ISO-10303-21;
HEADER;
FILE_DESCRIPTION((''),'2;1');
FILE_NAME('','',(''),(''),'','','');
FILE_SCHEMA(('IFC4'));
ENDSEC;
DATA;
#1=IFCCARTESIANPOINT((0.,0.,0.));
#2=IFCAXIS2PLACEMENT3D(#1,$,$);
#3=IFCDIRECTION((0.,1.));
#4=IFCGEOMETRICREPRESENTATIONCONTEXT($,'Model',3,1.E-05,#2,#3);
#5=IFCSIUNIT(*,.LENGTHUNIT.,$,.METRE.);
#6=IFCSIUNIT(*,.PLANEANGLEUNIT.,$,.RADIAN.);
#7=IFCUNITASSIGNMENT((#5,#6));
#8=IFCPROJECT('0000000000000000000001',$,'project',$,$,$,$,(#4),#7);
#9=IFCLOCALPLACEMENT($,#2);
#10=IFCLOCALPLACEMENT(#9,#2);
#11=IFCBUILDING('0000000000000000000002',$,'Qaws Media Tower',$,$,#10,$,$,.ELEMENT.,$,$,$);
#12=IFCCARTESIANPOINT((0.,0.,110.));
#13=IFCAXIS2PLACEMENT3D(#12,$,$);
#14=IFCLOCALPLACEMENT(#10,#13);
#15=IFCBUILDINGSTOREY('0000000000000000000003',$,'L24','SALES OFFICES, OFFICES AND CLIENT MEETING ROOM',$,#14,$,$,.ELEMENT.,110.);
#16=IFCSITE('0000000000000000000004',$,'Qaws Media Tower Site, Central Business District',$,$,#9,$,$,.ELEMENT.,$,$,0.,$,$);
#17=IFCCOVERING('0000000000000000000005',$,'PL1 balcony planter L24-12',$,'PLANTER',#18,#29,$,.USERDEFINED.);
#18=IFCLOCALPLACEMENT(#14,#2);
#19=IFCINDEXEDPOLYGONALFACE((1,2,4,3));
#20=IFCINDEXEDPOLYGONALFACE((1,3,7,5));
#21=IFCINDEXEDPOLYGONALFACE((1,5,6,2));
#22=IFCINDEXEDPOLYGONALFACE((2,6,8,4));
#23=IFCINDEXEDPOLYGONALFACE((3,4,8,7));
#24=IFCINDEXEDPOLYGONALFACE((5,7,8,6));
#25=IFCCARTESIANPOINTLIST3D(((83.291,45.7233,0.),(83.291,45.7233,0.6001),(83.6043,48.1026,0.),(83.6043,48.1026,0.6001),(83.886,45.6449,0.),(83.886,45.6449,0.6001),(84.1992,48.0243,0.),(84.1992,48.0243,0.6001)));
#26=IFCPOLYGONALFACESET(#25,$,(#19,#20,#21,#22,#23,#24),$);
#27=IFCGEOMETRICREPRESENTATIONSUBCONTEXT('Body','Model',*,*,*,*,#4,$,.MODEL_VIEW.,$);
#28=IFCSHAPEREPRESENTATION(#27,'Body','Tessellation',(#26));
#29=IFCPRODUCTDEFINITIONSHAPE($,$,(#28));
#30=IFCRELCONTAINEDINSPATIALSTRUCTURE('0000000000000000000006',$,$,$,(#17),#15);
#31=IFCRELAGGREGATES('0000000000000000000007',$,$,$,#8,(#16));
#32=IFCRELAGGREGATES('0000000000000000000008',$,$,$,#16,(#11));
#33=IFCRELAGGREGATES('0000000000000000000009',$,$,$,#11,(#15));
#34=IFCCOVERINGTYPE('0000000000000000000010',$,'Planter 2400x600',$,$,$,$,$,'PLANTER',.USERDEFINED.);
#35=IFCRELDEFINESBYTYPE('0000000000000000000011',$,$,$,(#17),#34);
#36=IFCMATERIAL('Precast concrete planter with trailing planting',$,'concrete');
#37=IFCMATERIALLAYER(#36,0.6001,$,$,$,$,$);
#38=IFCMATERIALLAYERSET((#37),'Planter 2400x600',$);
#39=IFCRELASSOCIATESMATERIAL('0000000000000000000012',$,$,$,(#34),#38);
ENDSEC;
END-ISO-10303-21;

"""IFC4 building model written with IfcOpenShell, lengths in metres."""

from ifc_helpers import new_model, si_unit, direction, frame, origin, origin_2d, place, context, subcontext, project, spatial, rectangle, extrude, material, layer, layer_set, type_object, element, save


model = new_model("IFC4")

# Units and contexts
model_context = context("Model", 3, precision=1e-05, world=origin(), true_north=direction((0.0, 1.0)))
body_context = subcontext(model_context, "Body", "Model", "MODEL_VIEW")
ifc_project = project(units=[si_unit("LENGTHUNIT", "METRE"), si_unit("PLANEANGLEUNIT", "RADIAN")], contexts=[model_context])

# Site, building, storey
site_placement = place(None, origin())
site = spatial("IfcSite", under=ifc_project, at=site_placement, Name="Qaws Media Tower Site, Central Business District", CompositionType="ELEMENT", RefElevation=0.0)
building_placement = place(site_placement, origin())
building = spatial("IfcBuilding", under=site, at=building_placement, Name="Qaws Media Tower", CompositionType="ELEMENT")
storey_placement = place(building_placement, frame((0.0, 0.0, 110.0)))
storey = spatial("IfcBuildingStorey", under=building, at=storey_placement, Name="L24", Description="SALES OFFICES, OFFICES AND CLIENT MEETING ROOM", CompositionType="ELEMENT", Elevation=110.0)

# Covering
ifc_material_1 = material(Name="Precast concrete planter with trailing planting", Category="concrete")
ifc_layer_1 = layer(ifc_material_1, 0.6001)
ifc_layer_set_1 = layer_set([ifc_layer_1], Name="Planter 2400x600")
covering_type = type_object("IfcCoveringType", Name="Planter 2400x600", ElementType="PLANTER", PredefinedType="USERDEFINED", material=ifc_layer_set_1)
covering_placement = place(storey_placement, frame((83.7451, 46.8738, 0.0), z_axis=(0.0, 0.0, 1.0), x_axis=(0.130526, 0.991445, 0.0)))
element("IfcCovering", 1, at=covering_placement, inside=storey, type_object=covering_type, Name="PL1 balcony planter L24-12", ObjectType="PLANTER", PredefinedType="USERDEFINED", context=body_context, shape_type="SweptSolid", body=[
    extrude(rectangle(XDim=2.3999, YDim=0.6001, at=origin_2d()), origin(), (0.0, 0.0, 1.0), 0.6001),
])

save(model, "model.ifc")
